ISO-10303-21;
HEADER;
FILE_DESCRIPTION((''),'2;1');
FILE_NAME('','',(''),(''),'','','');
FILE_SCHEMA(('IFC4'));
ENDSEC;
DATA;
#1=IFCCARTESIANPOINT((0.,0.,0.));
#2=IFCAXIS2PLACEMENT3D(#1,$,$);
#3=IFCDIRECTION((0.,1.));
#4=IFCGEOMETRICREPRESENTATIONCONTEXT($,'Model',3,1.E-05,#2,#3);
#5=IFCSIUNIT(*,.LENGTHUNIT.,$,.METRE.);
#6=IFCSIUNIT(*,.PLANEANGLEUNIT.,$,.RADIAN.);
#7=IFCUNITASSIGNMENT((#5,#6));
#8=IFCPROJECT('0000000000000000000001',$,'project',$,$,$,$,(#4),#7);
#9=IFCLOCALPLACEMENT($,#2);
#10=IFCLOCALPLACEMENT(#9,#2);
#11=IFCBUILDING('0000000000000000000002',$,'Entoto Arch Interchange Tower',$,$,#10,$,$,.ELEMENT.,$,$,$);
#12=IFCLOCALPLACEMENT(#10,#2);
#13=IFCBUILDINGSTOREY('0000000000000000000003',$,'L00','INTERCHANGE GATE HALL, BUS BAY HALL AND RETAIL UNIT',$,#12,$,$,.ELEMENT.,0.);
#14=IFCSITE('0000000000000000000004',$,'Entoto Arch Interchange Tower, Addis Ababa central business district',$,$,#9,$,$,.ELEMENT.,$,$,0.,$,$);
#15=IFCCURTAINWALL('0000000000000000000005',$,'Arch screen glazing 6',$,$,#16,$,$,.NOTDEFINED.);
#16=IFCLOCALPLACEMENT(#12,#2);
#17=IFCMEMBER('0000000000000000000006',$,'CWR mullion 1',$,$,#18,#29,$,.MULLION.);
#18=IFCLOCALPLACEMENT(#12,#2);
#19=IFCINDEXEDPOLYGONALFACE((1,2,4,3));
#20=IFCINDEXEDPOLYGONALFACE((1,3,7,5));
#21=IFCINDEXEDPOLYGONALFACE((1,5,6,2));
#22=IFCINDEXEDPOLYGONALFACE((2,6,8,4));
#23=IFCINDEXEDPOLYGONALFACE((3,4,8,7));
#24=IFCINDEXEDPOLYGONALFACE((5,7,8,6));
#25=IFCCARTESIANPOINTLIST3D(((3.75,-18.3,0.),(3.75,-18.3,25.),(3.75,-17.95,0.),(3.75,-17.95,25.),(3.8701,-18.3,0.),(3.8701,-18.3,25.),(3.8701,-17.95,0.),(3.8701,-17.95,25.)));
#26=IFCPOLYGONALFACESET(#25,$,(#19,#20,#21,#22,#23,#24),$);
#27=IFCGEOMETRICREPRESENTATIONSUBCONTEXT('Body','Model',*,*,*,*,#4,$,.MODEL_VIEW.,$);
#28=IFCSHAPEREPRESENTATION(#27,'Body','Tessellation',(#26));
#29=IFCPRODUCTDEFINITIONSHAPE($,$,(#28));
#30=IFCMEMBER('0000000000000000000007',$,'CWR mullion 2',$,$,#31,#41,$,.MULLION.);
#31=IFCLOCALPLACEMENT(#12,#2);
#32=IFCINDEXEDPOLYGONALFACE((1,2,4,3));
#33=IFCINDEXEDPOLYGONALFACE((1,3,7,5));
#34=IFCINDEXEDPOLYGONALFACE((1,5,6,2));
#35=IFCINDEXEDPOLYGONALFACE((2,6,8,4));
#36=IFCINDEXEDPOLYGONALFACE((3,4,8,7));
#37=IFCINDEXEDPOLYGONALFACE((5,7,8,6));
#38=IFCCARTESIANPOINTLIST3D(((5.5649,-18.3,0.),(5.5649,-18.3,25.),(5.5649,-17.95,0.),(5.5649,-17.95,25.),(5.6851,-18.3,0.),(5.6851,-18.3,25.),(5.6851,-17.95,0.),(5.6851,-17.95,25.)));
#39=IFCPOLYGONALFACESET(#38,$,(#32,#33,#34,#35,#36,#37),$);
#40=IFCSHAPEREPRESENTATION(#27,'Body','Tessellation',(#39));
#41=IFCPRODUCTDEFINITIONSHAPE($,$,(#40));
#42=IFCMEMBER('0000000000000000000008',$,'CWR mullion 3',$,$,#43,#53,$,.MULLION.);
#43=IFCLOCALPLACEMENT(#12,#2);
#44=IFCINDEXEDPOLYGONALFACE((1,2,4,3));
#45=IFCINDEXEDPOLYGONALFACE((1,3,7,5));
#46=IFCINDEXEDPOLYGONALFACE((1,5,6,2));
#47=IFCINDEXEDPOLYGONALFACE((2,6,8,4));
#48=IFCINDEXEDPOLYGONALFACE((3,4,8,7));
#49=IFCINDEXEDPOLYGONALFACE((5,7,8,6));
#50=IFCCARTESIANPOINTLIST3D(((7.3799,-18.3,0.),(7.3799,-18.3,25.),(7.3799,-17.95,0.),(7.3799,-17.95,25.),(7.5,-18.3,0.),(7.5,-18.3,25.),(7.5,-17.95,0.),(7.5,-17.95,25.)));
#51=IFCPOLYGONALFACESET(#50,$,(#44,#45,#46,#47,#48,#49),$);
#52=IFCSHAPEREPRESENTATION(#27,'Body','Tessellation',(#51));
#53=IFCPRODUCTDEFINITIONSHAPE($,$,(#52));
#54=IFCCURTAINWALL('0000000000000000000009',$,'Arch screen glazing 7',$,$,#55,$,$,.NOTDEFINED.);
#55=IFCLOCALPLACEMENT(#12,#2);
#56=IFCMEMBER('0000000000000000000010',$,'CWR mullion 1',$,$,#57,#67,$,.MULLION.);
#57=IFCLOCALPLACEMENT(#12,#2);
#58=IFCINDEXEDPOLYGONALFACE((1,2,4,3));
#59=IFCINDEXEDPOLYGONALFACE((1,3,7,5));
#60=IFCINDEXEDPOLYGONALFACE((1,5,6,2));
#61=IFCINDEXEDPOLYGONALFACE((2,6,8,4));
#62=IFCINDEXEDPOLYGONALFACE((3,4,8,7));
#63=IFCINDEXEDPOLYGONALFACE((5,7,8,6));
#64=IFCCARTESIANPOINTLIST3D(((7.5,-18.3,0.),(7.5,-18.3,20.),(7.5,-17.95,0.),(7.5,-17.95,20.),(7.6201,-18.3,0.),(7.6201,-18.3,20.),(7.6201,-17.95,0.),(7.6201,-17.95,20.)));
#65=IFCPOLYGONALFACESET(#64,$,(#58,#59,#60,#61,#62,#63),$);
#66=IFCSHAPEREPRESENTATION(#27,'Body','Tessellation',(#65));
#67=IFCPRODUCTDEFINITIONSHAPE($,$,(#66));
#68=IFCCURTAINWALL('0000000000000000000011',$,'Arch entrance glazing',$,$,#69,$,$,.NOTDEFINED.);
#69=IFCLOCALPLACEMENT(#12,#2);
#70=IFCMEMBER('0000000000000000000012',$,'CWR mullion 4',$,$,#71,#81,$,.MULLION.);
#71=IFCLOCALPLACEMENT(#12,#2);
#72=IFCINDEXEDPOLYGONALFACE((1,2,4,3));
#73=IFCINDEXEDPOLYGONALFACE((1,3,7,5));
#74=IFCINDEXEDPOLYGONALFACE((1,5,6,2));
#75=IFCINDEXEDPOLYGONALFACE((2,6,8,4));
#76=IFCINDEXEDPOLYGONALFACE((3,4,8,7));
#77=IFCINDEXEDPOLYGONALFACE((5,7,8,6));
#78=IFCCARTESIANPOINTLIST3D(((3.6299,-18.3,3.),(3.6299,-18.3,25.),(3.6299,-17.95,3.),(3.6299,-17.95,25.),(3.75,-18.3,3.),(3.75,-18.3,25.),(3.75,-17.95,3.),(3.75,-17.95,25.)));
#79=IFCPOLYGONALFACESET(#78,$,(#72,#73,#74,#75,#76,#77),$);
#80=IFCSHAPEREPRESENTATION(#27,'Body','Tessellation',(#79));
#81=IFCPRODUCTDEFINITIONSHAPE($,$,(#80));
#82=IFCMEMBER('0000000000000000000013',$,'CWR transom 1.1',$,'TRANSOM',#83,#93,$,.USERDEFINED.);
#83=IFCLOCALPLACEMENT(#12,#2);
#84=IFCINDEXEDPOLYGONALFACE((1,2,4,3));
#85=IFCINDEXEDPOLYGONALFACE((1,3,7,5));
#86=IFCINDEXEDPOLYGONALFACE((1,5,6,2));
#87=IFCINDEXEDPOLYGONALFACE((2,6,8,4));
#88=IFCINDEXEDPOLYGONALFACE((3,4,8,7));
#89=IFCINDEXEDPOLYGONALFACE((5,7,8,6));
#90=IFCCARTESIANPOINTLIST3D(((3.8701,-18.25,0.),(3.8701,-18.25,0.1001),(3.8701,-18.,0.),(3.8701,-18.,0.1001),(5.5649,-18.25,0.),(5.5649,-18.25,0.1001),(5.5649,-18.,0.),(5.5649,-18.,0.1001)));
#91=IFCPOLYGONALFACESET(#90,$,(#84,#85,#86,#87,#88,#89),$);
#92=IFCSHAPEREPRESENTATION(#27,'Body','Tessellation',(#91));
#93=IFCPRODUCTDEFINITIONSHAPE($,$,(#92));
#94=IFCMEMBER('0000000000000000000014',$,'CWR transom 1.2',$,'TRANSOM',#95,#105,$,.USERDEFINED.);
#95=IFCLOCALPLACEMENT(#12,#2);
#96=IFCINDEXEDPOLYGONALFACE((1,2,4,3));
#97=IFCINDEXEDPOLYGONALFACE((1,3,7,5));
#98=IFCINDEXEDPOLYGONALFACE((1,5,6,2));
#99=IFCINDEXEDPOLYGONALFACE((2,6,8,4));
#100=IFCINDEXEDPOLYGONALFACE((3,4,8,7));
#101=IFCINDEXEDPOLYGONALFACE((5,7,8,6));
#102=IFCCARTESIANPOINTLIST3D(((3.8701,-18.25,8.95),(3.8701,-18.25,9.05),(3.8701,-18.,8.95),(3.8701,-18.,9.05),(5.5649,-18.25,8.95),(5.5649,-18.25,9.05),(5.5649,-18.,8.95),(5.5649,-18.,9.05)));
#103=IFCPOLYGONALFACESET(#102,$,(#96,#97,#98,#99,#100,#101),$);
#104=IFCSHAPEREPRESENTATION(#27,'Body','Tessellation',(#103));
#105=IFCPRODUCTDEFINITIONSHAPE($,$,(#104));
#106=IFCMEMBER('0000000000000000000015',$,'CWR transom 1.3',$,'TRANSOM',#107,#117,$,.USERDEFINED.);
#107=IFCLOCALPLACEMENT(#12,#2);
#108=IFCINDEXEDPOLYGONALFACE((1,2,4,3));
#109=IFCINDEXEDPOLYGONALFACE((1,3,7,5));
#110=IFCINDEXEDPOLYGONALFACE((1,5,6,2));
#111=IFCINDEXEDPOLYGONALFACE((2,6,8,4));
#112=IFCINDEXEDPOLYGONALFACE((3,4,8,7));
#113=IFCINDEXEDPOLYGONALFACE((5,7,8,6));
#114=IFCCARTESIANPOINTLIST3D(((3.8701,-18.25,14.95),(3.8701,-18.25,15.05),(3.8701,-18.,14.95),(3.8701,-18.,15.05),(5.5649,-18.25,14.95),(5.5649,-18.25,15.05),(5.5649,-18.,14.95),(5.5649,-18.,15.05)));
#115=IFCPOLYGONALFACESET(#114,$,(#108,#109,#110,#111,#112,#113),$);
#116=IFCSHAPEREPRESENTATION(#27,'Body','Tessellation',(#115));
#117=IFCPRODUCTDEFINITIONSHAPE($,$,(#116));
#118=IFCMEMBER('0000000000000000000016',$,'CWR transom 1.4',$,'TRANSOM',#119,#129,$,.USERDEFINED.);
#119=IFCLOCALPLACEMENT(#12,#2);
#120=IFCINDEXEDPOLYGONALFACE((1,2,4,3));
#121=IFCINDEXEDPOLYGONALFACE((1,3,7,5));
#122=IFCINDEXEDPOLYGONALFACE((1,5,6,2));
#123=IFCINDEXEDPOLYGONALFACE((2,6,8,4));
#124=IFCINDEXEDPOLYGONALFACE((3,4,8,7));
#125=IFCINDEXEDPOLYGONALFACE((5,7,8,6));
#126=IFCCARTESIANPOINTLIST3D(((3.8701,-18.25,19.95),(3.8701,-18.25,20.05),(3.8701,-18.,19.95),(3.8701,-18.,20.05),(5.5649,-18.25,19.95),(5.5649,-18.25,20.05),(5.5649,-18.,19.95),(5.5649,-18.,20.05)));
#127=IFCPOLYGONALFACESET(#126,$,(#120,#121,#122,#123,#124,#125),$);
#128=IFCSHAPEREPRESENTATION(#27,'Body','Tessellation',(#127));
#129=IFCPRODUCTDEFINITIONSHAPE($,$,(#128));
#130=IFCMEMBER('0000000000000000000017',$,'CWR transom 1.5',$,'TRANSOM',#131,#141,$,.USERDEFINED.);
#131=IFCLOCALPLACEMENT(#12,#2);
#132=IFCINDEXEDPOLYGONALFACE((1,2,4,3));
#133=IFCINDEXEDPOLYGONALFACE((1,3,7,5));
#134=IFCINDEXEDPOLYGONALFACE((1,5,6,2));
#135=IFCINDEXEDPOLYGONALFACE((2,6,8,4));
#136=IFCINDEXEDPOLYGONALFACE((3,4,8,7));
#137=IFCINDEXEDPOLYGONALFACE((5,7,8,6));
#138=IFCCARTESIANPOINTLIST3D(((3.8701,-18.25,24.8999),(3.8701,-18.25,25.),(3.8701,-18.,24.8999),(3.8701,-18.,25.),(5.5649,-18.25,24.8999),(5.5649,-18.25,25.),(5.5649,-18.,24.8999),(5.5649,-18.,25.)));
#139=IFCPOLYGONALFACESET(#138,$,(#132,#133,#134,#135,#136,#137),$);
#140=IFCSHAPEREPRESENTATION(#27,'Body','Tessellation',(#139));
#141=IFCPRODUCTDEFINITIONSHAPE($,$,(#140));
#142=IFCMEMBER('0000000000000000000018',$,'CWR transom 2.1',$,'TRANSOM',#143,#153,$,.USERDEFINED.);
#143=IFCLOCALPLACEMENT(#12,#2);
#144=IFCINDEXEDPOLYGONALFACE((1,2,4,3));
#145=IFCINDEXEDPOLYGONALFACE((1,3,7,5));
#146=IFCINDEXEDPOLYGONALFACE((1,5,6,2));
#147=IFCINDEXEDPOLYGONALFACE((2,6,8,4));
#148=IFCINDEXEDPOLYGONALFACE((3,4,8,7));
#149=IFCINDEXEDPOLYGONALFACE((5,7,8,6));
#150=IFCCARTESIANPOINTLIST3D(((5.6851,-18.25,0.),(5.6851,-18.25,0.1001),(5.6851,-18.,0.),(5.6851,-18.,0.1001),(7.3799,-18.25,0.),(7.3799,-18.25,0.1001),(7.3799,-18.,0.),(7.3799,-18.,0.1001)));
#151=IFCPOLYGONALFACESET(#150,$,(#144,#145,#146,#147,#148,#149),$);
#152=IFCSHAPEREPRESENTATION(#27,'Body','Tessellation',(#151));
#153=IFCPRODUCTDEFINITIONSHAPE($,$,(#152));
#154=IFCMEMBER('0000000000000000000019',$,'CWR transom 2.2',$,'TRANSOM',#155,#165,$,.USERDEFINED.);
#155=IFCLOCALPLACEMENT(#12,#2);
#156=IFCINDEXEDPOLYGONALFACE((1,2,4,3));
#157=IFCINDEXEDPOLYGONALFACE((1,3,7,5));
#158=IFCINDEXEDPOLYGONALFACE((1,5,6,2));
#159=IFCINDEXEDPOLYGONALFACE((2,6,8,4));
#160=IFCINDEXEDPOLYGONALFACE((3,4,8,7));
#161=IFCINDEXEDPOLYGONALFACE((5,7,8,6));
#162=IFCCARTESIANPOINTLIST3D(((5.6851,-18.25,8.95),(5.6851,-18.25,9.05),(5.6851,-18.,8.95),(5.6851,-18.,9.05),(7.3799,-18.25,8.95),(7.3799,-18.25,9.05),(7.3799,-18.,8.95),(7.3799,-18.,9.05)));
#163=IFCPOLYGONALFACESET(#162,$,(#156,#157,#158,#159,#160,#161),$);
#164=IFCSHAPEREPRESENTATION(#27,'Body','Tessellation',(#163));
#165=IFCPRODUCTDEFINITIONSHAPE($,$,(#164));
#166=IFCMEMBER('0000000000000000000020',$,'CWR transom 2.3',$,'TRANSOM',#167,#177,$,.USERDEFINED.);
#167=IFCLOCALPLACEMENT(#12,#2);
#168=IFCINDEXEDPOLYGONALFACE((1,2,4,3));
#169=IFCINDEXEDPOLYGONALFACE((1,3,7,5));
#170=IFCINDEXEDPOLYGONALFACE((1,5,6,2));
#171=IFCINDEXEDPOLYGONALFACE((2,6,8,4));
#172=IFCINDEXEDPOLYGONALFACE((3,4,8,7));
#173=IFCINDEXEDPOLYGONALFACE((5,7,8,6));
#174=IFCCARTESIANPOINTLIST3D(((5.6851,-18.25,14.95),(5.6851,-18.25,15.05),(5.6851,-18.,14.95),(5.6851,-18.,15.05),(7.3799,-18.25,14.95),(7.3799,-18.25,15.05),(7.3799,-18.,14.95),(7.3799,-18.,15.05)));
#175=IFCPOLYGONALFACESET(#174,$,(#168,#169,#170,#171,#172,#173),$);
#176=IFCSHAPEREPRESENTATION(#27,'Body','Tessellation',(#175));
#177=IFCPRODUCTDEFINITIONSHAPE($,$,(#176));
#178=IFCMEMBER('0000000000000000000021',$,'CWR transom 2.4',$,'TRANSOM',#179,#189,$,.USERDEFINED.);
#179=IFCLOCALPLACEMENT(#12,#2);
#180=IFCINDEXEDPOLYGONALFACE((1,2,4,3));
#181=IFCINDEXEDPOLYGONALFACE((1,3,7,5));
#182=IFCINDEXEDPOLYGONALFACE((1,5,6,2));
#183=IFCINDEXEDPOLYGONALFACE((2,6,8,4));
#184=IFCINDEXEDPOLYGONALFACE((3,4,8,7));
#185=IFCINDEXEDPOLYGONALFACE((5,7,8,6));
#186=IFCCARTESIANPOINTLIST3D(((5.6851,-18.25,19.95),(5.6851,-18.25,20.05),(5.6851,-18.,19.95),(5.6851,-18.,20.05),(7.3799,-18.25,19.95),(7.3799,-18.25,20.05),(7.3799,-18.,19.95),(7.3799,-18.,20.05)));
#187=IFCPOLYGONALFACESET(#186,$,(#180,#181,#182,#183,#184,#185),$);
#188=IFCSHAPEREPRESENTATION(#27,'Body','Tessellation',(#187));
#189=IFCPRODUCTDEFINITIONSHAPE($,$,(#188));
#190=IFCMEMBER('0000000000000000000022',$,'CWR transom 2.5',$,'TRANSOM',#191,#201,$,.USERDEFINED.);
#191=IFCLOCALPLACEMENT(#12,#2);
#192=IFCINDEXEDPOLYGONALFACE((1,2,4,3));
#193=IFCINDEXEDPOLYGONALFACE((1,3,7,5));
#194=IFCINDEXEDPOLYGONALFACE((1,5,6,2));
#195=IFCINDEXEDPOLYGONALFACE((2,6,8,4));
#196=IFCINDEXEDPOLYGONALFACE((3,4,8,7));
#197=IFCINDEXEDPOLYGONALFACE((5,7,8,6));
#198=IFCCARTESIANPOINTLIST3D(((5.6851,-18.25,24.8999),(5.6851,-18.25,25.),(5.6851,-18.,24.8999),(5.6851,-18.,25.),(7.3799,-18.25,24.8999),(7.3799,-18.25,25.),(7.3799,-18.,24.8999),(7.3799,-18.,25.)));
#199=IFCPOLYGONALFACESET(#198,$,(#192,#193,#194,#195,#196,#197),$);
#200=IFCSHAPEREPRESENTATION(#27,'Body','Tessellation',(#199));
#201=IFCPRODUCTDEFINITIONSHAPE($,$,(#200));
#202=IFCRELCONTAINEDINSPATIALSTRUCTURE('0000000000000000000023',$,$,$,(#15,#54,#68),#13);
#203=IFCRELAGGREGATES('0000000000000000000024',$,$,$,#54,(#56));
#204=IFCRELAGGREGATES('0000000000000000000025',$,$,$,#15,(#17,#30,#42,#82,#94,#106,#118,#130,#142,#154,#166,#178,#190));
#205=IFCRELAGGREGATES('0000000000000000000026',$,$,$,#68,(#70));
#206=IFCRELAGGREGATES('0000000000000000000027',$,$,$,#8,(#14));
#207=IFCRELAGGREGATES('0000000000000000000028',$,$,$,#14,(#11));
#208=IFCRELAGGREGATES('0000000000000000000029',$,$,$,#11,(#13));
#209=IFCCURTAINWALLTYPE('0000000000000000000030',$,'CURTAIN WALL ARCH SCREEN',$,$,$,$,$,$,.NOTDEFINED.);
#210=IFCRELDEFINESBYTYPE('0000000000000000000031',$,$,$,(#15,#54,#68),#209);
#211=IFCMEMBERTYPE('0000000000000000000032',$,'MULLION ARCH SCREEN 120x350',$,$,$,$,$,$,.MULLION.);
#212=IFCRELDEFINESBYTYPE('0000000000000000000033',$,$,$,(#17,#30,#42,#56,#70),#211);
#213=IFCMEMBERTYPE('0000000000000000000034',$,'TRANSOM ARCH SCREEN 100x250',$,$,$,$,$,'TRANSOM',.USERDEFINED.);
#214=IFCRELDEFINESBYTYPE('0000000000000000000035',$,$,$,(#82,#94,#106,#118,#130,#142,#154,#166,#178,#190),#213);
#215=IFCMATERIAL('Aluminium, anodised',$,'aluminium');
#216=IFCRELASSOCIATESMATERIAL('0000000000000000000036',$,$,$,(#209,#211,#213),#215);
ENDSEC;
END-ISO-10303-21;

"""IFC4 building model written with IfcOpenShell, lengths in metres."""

from ifc_helpers import new_model, si_unit, direction, frame, origin, origin_2d, place, context, subcontext, project, spatial, rectangle, extrude, material, material_profile, profile_set, type_object, element, aggregate, save


model = new_model("IFC4")

# Units and contexts
model_context = context("Model", 3, precision=1e-05, world=origin(), true_north=direction((0.0, 1.0)))
body_context = subcontext(model_context, "Body", "Model", "MODEL_VIEW")
ifc_project = project(units=[si_unit("LENGTHUNIT", "METRE"), si_unit("PLANEANGLEUNIT", "RADIAN")], contexts=[model_context])

# Site, building, storey
site_placement = place(None, origin())
site = spatial("IfcSite", under=ifc_project, at=site_placement, Name="Entoto Arch Interchange Tower, Addis Ababa central business district", CompositionType="ELEMENT", RefElevation=0.0)
building_placement = place(site_placement, origin())
building = spatial("IfcBuilding", under=site, at=building_placement, Name="Entoto Arch Interchange Tower", CompositionType="ELEMENT")
storey_placement = place(building_placement, origin())
storey = spatial("IfcBuildingStorey", under=building, at=storey_placement, Name="L00", Description="INTERCHANGE GATE HALL, BUS BAY HALL AND RETAIL UNIT", CompositionType="ELEMENT", Elevation=0.0)

# Curtain wall, members
ifc_material_1 = material(Name="Aluminium, anodised", Category="aluminium")
curtain_wall_type = type_object("IfcCurtainWallType", Name="CURTAIN WALL ARCH SCREEN", PredefinedType="NOTDEFINED", material=ifc_material_1)
curtain_wall_1_placement = place(storey_placement, origin())
curtain_wall_1 = element("IfcCurtainWall", 1, at=curtain_wall_1_placement, inside=storey, type_object=curtain_wall_type, Name="Arch screen glazing 6", PredefinedType="NOTDEFINED")
ifc_material_profile_1 = material_profile(ifc_material_1, rectangle(XDim=0.3501, YDim=0.1201, at=origin_2d()))
ifc_profile_set_1 = profile_set([ifc_material_profile_1], Name="Aluminium, anodised")
member_type_1 = type_object("IfcMemberType", Name="MULLION ARCH SCREEN 120x350", PredefinedType="MULLION", material=ifc_profile_set_1)
member_1_placement = place(storey_placement, frame((3.8101, -18.125, 0.0), z_axis=(0.0, 0.0, 1.0), x_axis=(0.0, 1.0, 0.0)))
member_1 = element("IfcMember", 2, at=member_1_placement, type_object=member_type_1, Name="CWR mullion 1", PredefinedType="MULLION", context=body_context, shape_type="SweptSolid", body=[
    extrude(rectangle(XDim=0.3501, YDim=0.1201, at=origin_2d()), origin(), (0.0, 0.0, 1.0), 25.0),
])
member_2_placement = place(storey_placement, frame((5.625, -18.125, 0.0), z_axis=(0.0, 0.0, 1.0), x_axis=(0.0, 1.0, 0.0)))
member_2 = element("IfcMember", 3, at=member_2_placement, type_object=member_type_1, Name="CWR mullion 2", PredefinedType="MULLION", context=body_context, shape_type="SweptSolid", body=[
    extrude(rectangle(XDim=0.3501, YDim=0.1201, at=origin_2d()), origin(), (0.0, 0.0, 1.0), 25.0),
])
member_3_placement = place(storey_placement, frame((7.4399, -18.125, 0.0), z_axis=(0.0, 0.0, 1.0), x_axis=(0.0, 1.0, 0.0)))
member_3 = element("IfcMember", 4, at=member_3_placement, type_object=member_type_1, Name="CWR mullion 3", PredefinedType="MULLION", context=body_context, shape_type="SweptSolid", body=[
    extrude(rectangle(XDim=0.3501, YDim=0.1201, at=origin_2d()), origin(), (0.0, 0.0, 1.0), 25.0),
])

# Curtain walls, members
curtain_wall_2_placement = place(storey_placement, origin())
curtain_wall_2 = element("IfcCurtainWall", 5, at=curtain_wall_2_placement, inside=storey, type_object=curtain_wall_type, Name="Arch screen glazing 7", PredefinedType="NOTDEFINED")
member_4_placement = place(storey_placement, frame((7.5601, -18.125, 0.0), z_axis=(0.0, 0.0, 1.0), x_axis=(0.0, 1.0, 0.0)))
member_4 = element("IfcMember", 6, at=member_4_placement, type_object=member_type_1, Name="CWR mullion 1", PredefinedType="MULLION", context=body_context, shape_type="SweptSolid", body=[
    extrude(rectangle(XDim=0.3501, YDim=0.1201, at=origin_2d()), origin(), (0.0, 0.0, 1.0), 20.0),
])
curtain_wall_3_placement = place(storey_placement, origin())
curtain_wall_3 = element("IfcCurtainWall", 7, at=curtain_wall_3_placement, inside=storey, type_object=curtain_wall_type, Name="Arch entrance glazing", PredefinedType="NOTDEFINED")
member_5_placement = place(storey_placement, frame((3.6899, -18.125, 3.0), z_axis=(0.0, 0.0, 1.0), x_axis=(0.0, 1.0, 0.0)))
member_5 = element("IfcMember", 8, at=member_5_placement, type_object=member_type_1, Name="CWR mullion 4", PredefinedType="MULLION", context=body_context, shape_type="SweptSolid", body=[
    extrude(rectangle(XDim=0.3501, YDim=0.1201, at=origin_2d()), origin(), (0.0, 0.0, 1.0), 22.0),
])

# Members
ifc_material_profile_2 = material_profile(ifc_material_1, rectangle(XDim=0.25, YDim=0.1001, at=origin_2d()))
ifc_profile_set_2 = profile_set([ifc_material_profile_2], Name="Aluminium, anodised")
member_type_2 = type_object("IfcMemberType", Name="TRANSOM ARCH SCREEN 100x250", ElementType="TRANSOM", PredefinedType="USERDEFINED", material=ifc_profile_set_2)
member_6_placement = place(storey_placement, frame((3.8701, -18.125, 0.05), z_axis=(1.0, 0.0, 0.0), x_axis=(0.0, 1.0, 0.0)))
member_6 = element("IfcMember", 9, at=member_6_placement, type_object=member_type_2, Name="CWR transom 1.1", ObjectType="TRANSOM", PredefinedType="USERDEFINED", context=body_context, shape_type="SweptSolid", body=[
    extrude(rectangle(XDim=0.25, YDim=0.1001, at=origin_2d()), origin(), (0.0, 0.0, 1.0), 1.6948),
])
member_7_placement = place(storey_placement, frame((3.8701, -18.125, 9.0), z_axis=(1.0, 0.0, 0.0), x_axis=(0.0, 1.0, 0.0)))
member_7 = element("IfcMember", 10, at=member_7_placement, type_object=member_type_2, Name="CWR transom 1.2", ObjectType="TRANSOM", PredefinedType="USERDEFINED", context=body_context, shape_type="SweptSolid", body=[
    extrude(rectangle(XDim=0.25, YDim=0.1001, at=origin_2d()), origin(), (0.0, 0.0, 1.0), 1.6948),
])
member_8_placement = place(storey_placement, frame((3.8701, -18.125, 15.0), z_axis=(1.0, 0.0, 0.0), x_axis=(0.0, 1.0, 0.0)))
member_8 = element("IfcMember", 11, at=member_8_placement, type_object=member_type_2, Name="CWR transom 1.3", ObjectType="TRANSOM", PredefinedType="USERDEFINED", context=body_context, shape_type="SweptSolid", body=[
    extrude(rectangle(XDim=0.25, YDim=0.1001, at=origin_2d()), origin(), (0.0, 0.0, 1.0), 1.6948),
])
member_9_placement = place(storey_placement, frame((3.8701, -18.125, 20.0), z_axis=(1.0, 0.0, 0.0), x_axis=(0.0, 1.0, 0.0)))
member_9 = element("IfcMember", 12, at=member_9_placement, type_object=member_type_2, Name="CWR transom 1.4", ObjectType="TRANSOM", PredefinedType="USERDEFINED", context=body_context, shape_type="SweptSolid", body=[
    extrude(rectangle(XDim=0.25, YDim=0.1001, at=origin_2d()), origin(), (0.0, 0.0, 1.0), 1.6948),
])
member_10_placement = place(storey_placement, frame((3.8701, -18.125, 24.95), z_axis=(1.0, 0.0, 0.0), x_axis=(0.0, 1.0, 0.0)))
member_10 = element("IfcMember", 13, at=member_10_placement, type_object=member_type_2, Name="CWR transom 1.5", ObjectType="TRANSOM", PredefinedType="USERDEFINED", context=body_context, shape_type="SweptSolid", body=[
    extrude(rectangle(XDim=0.25, YDim=0.1001, at=origin_2d()), origin(), (0.0, 0.0, 1.0), 1.6948),
])
member_11_placement = place(storey_placement, frame((5.6851, -18.125, 0.05), z_axis=(1.0, 0.0, 0.0), x_axis=(0.0, 1.0, 0.0)))
member_11 = element("IfcMember", 14, at=member_11_placement, type_object=member_type_2, Name="CWR transom 2.1", ObjectType="TRANSOM", PredefinedType="USERDEFINED", context=body_context, shape_type="SweptSolid", body=[
    extrude(rectangle(XDim=0.25, YDim=0.1001, at=origin_2d()), origin(), (0.0, 0.0, 1.0), 1.6948),
])
member_12_placement = place(storey_placement, frame((5.6851, -18.125, 9.0), z_axis=(1.0, 0.0, 0.0), x_axis=(0.0, 1.0, 0.0)))
member_12 = element("IfcMember", 15, at=member_12_placement, type_object=member_type_2, Name="CWR transom 2.2", ObjectType="TRANSOM", PredefinedType="USERDEFINED", context=body_context, shape_type="SweptSolid", body=[
    extrude(rectangle(XDim=0.25, YDim=0.1001, at=origin_2d()), origin(), (0.0, 0.0, 1.0), 1.6948),
])
member_13_placement = place(storey_placement, frame((5.6851, -18.125, 15.0), z_axis=(1.0, 0.0, 0.0), x_axis=(0.0, 1.0, 0.0)))
member_13 = element("IfcMember", 16, at=member_13_placement, type_object=member_type_2, Name="CWR transom 2.3", ObjectType="TRANSOM", PredefinedType="USERDEFINED", context=body_context, shape_type="SweptSolid", body=[
    extrude(rectangle(XDim=0.25, YDim=0.1001, at=origin_2d()), origin(), (0.0, 0.0, 1.0), 1.6948),
])
member_14_placement = place(storey_placement, frame((5.6851, -18.125, 20.0), z_axis=(1.0, 0.0, 0.0), x_axis=(0.0, 1.0, 0.0)))
member_14 = element("IfcMember", 17, at=member_14_placement, type_object=member_type_2, Name="CWR transom 2.4", ObjectType="TRANSOM", PredefinedType="USERDEFINED", context=body_context, shape_type="SweptSolid", body=[
    extrude(rectangle(XDim=0.25, YDim=0.1001, at=origin_2d()), origin(), (0.0, 0.0, 1.0), 1.6948),
])
member_15_placement = place(storey_placement, frame((5.6851, -18.125, 24.95), z_axis=(1.0, 0.0, 0.0), x_axis=(0.0, 1.0, 0.0)))
member_15 = element("IfcMember", 18, at=member_15_placement, type_object=member_type_2, Name="CWR transom 2.5", ObjectType="TRANSOM", PredefinedType="USERDEFINED", context=body_context, shape_type="SweptSolid", body=[
    extrude(rectangle(XDim=0.25, YDim=0.1001, at=origin_2d()), origin(), (0.0, 0.0, 1.0), 1.6948),
])
aggregate(curtain_wall_2, [member_4])

aggregate(curtain_wall_1, [member_1, member_2, member_3, member_6, member_7, member_8, member_9, member_10, member_11, member_12, member_13, member_14, member_15])
aggregate(curtain_wall_3, [member_5])

save(model, "model.ifc")
